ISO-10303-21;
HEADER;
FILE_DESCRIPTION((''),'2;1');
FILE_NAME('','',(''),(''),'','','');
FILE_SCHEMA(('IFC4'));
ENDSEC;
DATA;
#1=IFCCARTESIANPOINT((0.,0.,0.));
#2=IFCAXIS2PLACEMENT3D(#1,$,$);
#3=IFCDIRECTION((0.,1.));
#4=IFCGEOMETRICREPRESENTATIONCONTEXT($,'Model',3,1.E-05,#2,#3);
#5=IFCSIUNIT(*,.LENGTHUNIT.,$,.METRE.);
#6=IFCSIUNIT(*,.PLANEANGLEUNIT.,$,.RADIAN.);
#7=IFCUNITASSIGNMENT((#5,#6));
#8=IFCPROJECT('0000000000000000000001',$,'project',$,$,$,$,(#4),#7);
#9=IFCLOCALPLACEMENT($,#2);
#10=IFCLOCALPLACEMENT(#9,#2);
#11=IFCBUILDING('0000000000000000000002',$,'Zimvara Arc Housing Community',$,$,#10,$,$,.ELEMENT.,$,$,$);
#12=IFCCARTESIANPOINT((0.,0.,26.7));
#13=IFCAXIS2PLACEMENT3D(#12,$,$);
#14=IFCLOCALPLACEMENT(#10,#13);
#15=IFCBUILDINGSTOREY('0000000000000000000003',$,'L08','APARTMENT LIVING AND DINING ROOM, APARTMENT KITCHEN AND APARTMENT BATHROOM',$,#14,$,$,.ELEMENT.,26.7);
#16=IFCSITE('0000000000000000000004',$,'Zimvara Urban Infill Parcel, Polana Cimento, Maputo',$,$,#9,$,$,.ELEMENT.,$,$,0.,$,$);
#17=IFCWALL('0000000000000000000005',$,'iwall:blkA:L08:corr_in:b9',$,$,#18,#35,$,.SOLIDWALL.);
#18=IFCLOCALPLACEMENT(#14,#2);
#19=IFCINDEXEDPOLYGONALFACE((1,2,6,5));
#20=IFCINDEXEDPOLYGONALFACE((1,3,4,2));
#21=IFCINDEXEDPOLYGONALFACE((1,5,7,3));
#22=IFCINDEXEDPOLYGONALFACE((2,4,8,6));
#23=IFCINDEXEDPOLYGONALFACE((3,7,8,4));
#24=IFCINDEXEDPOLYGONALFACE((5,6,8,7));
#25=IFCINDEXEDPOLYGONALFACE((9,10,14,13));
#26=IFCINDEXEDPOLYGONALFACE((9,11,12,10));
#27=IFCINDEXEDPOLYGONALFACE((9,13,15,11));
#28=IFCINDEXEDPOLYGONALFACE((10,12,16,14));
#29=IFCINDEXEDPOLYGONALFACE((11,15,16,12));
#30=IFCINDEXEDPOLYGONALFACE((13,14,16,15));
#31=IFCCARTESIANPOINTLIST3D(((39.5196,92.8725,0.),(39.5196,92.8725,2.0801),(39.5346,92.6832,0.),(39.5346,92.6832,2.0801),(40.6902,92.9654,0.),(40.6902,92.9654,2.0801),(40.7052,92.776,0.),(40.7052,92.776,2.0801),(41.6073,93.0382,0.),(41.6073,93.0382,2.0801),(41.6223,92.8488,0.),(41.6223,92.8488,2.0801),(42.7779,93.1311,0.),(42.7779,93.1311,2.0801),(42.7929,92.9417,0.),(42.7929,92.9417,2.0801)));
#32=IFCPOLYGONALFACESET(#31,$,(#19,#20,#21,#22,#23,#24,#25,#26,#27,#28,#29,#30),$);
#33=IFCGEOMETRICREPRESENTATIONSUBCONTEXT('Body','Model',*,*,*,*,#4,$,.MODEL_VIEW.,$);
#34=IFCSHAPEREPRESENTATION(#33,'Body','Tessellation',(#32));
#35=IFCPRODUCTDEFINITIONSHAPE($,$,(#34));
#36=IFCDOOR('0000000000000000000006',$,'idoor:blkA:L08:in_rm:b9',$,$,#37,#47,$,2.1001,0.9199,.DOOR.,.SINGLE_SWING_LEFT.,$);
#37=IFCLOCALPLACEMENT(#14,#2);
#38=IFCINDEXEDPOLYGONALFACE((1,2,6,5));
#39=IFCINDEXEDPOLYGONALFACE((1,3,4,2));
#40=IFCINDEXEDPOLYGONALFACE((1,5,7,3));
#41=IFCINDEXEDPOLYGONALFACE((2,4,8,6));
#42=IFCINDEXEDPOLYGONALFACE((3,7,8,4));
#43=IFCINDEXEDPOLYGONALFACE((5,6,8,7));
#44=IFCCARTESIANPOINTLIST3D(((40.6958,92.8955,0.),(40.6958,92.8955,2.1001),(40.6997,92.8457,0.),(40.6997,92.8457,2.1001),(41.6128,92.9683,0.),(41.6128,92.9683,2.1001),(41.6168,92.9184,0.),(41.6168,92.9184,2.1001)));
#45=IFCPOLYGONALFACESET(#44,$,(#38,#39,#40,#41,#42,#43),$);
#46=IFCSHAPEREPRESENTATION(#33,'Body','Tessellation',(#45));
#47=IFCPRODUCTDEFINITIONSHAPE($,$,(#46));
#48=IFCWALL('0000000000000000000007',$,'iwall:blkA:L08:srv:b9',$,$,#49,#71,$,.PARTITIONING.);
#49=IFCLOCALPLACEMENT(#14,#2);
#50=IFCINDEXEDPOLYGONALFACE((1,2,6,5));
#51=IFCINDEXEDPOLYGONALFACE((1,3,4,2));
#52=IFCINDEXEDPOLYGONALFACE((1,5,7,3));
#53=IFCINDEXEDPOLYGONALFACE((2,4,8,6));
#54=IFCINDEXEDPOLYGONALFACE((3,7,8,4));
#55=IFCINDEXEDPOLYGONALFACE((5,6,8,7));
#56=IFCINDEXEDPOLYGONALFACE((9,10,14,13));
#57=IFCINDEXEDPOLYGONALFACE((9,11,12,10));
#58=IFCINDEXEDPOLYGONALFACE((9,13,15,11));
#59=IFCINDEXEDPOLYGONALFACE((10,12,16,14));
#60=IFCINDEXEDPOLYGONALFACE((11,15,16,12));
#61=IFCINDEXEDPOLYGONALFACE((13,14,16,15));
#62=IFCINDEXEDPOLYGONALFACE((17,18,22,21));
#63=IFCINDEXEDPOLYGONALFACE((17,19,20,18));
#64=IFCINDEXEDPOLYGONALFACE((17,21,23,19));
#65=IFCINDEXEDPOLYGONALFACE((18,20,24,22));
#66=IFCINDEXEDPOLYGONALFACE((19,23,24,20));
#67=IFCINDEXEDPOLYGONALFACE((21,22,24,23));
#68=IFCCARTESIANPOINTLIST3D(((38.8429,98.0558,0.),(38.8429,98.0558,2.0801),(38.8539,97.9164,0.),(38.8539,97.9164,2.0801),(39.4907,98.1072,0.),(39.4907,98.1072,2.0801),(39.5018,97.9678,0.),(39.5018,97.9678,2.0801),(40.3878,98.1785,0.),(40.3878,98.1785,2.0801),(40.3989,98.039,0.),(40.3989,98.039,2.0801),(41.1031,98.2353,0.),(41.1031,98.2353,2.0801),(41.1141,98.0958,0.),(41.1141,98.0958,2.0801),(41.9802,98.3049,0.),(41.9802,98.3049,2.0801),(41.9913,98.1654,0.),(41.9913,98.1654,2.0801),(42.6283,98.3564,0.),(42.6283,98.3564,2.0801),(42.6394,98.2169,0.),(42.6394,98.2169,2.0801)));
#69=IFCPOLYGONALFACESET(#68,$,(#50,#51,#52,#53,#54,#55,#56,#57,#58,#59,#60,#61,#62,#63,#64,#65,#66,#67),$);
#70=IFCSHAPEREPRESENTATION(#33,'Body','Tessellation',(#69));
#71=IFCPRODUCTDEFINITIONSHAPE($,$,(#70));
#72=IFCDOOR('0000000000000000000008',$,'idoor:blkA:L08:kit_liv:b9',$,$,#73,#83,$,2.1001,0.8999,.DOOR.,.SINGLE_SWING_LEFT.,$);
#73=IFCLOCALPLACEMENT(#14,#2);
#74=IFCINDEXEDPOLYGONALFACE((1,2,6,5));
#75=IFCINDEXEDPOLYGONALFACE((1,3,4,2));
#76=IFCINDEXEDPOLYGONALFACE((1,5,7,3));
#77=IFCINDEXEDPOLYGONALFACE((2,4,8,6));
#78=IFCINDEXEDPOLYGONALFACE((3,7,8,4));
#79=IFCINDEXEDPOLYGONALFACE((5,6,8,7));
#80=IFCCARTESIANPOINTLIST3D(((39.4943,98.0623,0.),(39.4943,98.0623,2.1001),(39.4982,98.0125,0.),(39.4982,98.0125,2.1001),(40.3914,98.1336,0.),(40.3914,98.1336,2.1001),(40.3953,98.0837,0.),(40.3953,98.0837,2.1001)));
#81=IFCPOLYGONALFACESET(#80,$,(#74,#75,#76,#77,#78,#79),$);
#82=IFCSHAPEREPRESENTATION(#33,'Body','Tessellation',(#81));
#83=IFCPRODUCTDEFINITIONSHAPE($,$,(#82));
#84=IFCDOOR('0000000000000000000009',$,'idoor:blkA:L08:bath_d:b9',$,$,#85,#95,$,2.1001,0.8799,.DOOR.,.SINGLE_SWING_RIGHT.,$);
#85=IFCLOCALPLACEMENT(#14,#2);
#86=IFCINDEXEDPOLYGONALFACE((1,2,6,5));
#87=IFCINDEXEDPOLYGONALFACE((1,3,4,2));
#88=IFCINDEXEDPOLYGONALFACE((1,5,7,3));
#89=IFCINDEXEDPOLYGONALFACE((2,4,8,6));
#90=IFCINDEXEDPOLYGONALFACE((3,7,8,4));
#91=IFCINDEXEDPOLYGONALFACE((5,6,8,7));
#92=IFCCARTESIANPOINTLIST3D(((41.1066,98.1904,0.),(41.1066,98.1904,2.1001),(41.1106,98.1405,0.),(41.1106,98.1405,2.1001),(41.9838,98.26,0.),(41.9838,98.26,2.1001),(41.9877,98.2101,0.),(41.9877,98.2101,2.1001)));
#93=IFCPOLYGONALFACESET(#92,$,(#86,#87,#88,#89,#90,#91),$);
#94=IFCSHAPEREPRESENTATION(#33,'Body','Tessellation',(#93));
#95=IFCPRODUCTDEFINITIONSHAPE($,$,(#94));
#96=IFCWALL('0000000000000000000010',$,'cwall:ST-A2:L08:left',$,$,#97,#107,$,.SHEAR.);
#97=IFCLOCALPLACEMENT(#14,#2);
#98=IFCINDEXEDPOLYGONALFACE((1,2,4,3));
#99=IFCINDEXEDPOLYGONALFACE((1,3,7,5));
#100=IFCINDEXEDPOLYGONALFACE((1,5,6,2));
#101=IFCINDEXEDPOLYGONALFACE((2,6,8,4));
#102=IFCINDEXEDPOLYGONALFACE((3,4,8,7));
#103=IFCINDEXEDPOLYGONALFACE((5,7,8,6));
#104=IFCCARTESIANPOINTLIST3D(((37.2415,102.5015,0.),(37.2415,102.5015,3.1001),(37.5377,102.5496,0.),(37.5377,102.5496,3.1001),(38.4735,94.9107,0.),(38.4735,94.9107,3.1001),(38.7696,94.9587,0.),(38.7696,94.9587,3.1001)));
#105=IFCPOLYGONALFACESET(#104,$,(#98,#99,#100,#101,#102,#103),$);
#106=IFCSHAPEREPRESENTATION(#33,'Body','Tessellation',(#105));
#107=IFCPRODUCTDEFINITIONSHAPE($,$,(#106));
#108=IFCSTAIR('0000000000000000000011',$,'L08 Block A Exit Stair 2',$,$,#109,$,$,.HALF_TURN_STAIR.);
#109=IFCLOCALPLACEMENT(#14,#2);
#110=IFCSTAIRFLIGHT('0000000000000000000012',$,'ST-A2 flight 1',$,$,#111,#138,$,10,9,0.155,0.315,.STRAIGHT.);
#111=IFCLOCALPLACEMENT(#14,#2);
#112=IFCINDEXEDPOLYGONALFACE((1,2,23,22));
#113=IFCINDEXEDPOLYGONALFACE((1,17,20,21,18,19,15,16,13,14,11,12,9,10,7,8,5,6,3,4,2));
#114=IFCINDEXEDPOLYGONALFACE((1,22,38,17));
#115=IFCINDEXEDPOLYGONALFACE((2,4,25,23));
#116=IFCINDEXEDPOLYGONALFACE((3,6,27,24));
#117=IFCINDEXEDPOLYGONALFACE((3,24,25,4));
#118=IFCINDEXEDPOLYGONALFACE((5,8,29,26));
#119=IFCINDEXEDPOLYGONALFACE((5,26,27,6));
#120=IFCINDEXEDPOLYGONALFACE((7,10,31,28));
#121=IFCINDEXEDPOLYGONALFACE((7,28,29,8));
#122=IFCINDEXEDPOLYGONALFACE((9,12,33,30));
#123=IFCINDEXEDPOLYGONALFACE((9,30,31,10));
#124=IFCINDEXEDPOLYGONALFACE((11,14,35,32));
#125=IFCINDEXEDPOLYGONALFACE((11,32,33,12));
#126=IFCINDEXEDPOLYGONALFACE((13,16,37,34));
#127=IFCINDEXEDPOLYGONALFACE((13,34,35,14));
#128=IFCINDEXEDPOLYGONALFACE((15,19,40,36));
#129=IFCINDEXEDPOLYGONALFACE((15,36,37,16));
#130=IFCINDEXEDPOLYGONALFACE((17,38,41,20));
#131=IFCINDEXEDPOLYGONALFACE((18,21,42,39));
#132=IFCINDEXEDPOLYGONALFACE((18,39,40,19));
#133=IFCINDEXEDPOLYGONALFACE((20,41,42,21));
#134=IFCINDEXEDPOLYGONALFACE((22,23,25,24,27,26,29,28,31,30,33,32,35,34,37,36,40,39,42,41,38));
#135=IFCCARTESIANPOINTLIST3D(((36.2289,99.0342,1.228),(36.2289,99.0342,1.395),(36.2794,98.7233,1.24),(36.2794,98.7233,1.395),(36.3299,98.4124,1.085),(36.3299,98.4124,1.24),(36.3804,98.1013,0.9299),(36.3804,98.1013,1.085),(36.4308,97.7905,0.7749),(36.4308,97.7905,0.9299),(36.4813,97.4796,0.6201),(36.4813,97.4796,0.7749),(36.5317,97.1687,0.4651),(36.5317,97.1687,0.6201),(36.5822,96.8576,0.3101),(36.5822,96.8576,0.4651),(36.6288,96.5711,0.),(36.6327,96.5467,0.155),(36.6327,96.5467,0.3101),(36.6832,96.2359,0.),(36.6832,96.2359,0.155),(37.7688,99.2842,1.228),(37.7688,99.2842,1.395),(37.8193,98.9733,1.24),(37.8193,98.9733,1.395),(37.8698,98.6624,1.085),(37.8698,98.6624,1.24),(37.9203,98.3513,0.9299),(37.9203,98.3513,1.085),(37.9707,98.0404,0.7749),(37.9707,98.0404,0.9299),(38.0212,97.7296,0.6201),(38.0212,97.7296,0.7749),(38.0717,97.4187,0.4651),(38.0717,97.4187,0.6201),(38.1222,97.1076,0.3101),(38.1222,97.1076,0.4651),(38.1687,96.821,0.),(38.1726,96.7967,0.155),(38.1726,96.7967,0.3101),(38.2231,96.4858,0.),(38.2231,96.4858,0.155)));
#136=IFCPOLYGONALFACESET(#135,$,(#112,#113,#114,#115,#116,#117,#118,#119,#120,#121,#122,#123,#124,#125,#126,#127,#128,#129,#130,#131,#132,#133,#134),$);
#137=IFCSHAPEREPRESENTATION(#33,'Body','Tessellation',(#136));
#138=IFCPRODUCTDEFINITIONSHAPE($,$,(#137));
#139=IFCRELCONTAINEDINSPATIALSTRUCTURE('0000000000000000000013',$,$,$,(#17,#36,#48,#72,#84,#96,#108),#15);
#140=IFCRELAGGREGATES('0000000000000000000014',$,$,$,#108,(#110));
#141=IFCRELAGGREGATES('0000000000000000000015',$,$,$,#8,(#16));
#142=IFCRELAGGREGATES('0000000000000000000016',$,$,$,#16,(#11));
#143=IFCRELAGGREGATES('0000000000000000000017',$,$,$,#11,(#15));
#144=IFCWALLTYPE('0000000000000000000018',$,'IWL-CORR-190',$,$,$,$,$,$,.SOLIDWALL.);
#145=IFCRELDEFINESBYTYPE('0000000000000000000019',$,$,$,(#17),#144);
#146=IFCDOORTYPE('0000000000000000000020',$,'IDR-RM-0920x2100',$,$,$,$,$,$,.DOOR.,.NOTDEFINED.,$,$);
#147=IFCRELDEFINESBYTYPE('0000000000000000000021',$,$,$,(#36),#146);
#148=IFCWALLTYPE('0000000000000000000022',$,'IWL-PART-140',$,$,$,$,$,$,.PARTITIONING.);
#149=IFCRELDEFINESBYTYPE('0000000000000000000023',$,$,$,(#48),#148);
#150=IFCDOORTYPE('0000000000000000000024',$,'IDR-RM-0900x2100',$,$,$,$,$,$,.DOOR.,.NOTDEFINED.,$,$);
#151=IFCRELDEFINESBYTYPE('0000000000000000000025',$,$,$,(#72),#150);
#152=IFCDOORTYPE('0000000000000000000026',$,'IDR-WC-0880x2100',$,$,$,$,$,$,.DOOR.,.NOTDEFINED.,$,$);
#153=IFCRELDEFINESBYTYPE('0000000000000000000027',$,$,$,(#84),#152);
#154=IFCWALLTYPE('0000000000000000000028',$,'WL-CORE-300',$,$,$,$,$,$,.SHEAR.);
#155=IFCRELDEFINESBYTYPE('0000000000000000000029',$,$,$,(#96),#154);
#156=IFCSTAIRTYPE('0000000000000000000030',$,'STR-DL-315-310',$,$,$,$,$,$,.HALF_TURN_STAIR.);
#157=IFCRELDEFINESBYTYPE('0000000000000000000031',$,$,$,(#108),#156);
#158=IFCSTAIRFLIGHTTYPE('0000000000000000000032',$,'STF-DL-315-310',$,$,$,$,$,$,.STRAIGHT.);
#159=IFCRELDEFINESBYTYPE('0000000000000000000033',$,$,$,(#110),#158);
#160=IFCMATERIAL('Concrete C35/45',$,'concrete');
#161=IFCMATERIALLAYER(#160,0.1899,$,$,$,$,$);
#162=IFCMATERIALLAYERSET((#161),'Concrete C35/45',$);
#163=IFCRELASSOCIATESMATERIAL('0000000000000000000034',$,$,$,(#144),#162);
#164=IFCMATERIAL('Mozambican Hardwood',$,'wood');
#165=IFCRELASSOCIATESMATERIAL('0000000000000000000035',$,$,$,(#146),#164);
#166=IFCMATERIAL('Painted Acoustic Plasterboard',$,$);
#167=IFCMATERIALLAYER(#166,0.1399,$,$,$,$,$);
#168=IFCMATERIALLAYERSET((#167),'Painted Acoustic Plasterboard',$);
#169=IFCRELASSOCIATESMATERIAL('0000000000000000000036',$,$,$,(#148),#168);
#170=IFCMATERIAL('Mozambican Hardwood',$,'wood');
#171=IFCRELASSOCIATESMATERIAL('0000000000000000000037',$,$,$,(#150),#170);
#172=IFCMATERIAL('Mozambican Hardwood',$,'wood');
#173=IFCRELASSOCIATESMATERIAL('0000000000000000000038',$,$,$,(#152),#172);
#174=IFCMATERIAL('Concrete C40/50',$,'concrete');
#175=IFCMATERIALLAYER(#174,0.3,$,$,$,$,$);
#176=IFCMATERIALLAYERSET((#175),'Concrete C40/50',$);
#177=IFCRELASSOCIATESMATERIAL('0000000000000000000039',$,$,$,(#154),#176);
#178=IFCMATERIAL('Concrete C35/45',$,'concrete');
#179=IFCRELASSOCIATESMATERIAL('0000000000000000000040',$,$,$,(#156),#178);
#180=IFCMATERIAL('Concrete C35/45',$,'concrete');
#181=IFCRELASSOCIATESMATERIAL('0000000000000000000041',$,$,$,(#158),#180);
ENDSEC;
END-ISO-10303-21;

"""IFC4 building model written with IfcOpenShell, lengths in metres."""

from ifc_helpers import new_model, si_unit, direction, frame, frame_2d, origin, place, context, subcontext, project, spatial, polyline, rectangle, outline, extrude, material, layer, layer_set, type_object, element, fill, aggregate, save


model = new_model("IFC4")

# Units and contexts
model_context = context("Model", 3, precision=1e-05, world=origin(), true_north=direction((0.0, 1.0)))
body_context = subcontext(model_context, "Body", "Model", "MODEL_VIEW")
ifc_project = project(units=[si_unit("LENGTHUNIT", "METRE"), si_unit("PLANEANGLEUNIT", "RADIAN")], contexts=[model_context])

# Site, building, storey
site_placement = place(None, origin())
site = spatial("IfcSite", under=ifc_project, at=site_placement, Name="Zimvara Urban Infill Parcel, Polana Cimento, Maputo", CompositionType="ELEMENT", RefElevation=0.0)
building_placement = place(site_placement, origin())
building = spatial("IfcBuilding", under=site, at=building_placement, Name="Zimvara Arc Housing Community", CompositionType="ELEMENT")
storey_placement = place(building_placement, frame((0.0, 0.0, 26.7)))
storey = spatial("IfcBuildingStorey", under=building, at=storey_placement, Name="L08", Description="APARTMENT LIVING AND DINING ROOM, APARTMENT KITCHEN AND APARTMENT BATHROOM", CompositionType="ELEMENT", Elevation=26.7)

# Wall, opening, door
ifc_material_1 = material(Name="Concrete C35/45", Category="concrete")
ifc_layer_1 = layer(ifc_material_1, 0.1899)
ifc_layer_set_1 = layer_set([ifc_layer_1], Name="Concrete C35/45")
wall_type_1 = type_object("IfcWallType", Name="IWL-CORR-190", PredefinedType="SOLIDWALL", material=ifc_layer_set_1)
wall_1_placement = place(storey_placement, frame((39.5271, 92.7778, 0.0), z_axis=(0.0, 0.0, 1.0), x_axis=(0.996867, 0.079101, 0.0)))
wall_1 = element("IfcWall", 1, at=wall_1_placement, inside=storey, type_object=wall_type_1, Name="iwall:blkA:L08:corr_in:b9", PredefinedType="SOLIDWALL", context=body_context, shape_type="SweptSolid", body=[
    extrude(rectangle(XDim=3.2686, YDim=0.1899, at=frame_2d((1.6343, 0.0))), origin(), (0.0, 0.0, 1.0), 2.0801),
])
opening_1_placement = place(wall_1_placement, frame((1.1743, 0.0, 0.0)))
opening_1 = element("IfcOpeningElement", 2, at=opening_1_placement, cuts=wall_1, PredefinedType="OPENING", context=body_context, shape_type="SweptSolid", body=[
    extrude(rectangle(XDim=0.9199, YDim=2.1001, at=frame_2d((0.46, 1.05))), frame((0.0, 0.105, 0.0), z_axis=(0.0, -1.0, 0.0), x_axis=(1.0, 0.0, 0.0)), (0.0, 0.0, 1.0), 0.21),
])
ifc_material_2 = material(Name="Mozambican Hardwood", Category="wood")
door_type_1 = type_object("IfcDoorType", Name="IDR-RM-0920x2100", OperationType="NOTDEFINED", PredefinedType="DOOR", material=ifc_material_2)
door_1_placement = place(opening_1_placement, origin())
door_1 = element("IfcDoor", 3, at=door_1_placement, inside=storey, type_object=door_type_1, Name="idoor:blkA:L08:in_rm:b9", OperationType="SINGLE_SWING_LEFT", OverallHeight=2.1001, OverallWidth=0.9199, PredefinedType="DOOR", context=body_context, shape_type="SweptSolid", body=[
    extrude(rectangle(XDim=0.9199, YDim=2.1001, at=frame_2d((0.46, 1.05))), frame((0.0, 0.0249, 0.0), z_axis=(0.0, -1.0, 0.0), x_axis=(1.0, 0.0, 0.0)), (0.0, 0.0, 1.0), 0.05),
])
fill(opening_1, door_1)

# Wall, openings, doors
ifc_material_3 = material(Name="Painted Acoustic Plasterboard")
ifc_layer_2 = layer(ifc_material_3, 0.1399)
ifc_layer_set_2 = layer_set([ifc_layer_2], Name="Painted Acoustic Plasterboard")
wall_type_2 = type_object("IfcWallType", Name="IWL-PART-140", PredefinedType="PARTITIONING", material=ifc_layer_set_2)
wall_2_placement = place(storey_placement, frame((38.8484, 97.9861, 0.0), z_axis=(0.0, 0.0, 1.0), x_axis=(0.996863, 0.079145, 0.0)))
wall_2 = element("IfcWall", 4, at=wall_2_placement, inside=storey, type_object=wall_type_2, Name="iwall:blkA:L08:srv:b9", PredefinedType="PARTITIONING", context=body_context, shape_type="SweptSolid", body=[
    extrude(rectangle(XDim=3.7974, YDim=0.1399, at=frame_2d((1.8987, 0.0))), origin(), (0.0, 0.0, 1.0), 2.0801),
])
opening_2_placement = place(wall_2_placement, frame((0.6499, 0.0, 0.0)))
opening_2 = element("IfcOpeningElement", 5, at=opening_2_placement, cuts=wall_2, PredefinedType="OPENING", context=body_context, shape_type="SweptSolid", body=[
    extrude(rectangle(XDim=0.8999, YDim=2.1001, at=frame_2d((0.45, 1.05))), frame((0.0, 0.0798, 0.0), z_axis=(0.0, -1.0, 0.0), x_axis=(1.0, 0.0, 0.0)), (0.0, 0.0, 1.0), 0.1599),
])
opening_3_placement = place(wall_2_placement, frame((2.2673, 0.0, 0.0)))
opening_3 = element("IfcOpeningElement", 6, at=opening_3_placement, cuts=wall_2, PredefinedType="OPENING", context=body_context, shape_type="SweptSolid", body=[
    extrude(rectangle(XDim=0.8799, YDim=2.1001, at=frame_2d((0.4399, 1.05))), frame((0.0, 0.0798, 0.0), z_axis=(0.0, -1.0, 0.0), x_axis=(1.0, 0.0, 0.0)), (0.0, 0.0, 1.0), 0.1599),
])
ifc_material_4 = material(Name="Mozambican Hardwood", Category="wood")
door_type_2 = type_object("IfcDoorType", Name="IDR-RM-0900x2100", OperationType="NOTDEFINED", PredefinedType="DOOR", material=ifc_material_4)
door_2_placement = place(opening_2_placement, origin())
door_2 = element("IfcDoor", 7, at=door_2_placement, inside=storey, type_object=door_type_2, Name="idoor:blkA:L08:kit_liv:b9", OperationType="SINGLE_SWING_LEFT", OverallHeight=2.1001, OverallWidth=0.8999, PredefinedType="DOOR", context=body_context, shape_type="SweptSolid", body=[
    extrude(rectangle(XDim=0.8999, YDim=2.1001, at=frame_2d((0.45, 1.05))), frame((0.0, 0.0249, 0.0), z_axis=(0.0, -1.0, 0.0), x_axis=(1.0, 0.0, 0.0)), (0.0, 0.0, 1.0), 0.05),
])
fill(opening_2, door_2)
ifc_material_5 = material(Name="Mozambican Hardwood", Category="wood")
door_type_3 = type_object("IfcDoorType", Name="IDR-WC-0880x2100", OperationType="NOTDEFINED", PredefinedType="DOOR", material=ifc_material_5)
door_3_placement = place(opening_3_placement, origin())
door_3 = element("IfcDoor", 8, at=door_3_placement, inside=storey, type_object=door_type_3, Name="idoor:blkA:L08:bath_d:b9", OperationType="SINGLE_SWING_RIGHT", OverallHeight=2.1001, OverallWidth=0.8799, PredefinedType="DOOR", context=body_context, shape_type="SweptSolid", body=[
    extrude(rectangle(XDim=0.8799, YDim=2.1001, at=frame_2d((0.4399, 1.05))), frame((0.0, 0.0249, 0.0), z_axis=(0.0, -1.0, 0.0), x_axis=(1.0, 0.0, 0.0)), (0.0, 0.0, 1.0), 0.05),
])
fill(opening_3, door_3)

# Shared definitions
ifc_material_6 = material(Name="Concrete C40/50", Category="concrete")
ifc_layer_3 = layer(ifc_material_6, 0.3)
ifc_layer_set_3 = layer_set([ifc_layer_3], Name="Concrete C40/50")
wall_type_3 = type_object("IfcWallType", Name="WL-CORE-300", PredefinedType="SHEAR", material=ifc_layer_set_3)

# Wall
wall_3_placement = place(storey_placement, frame((38.6216, 94.9346, 0.0), z_axis=(0.0, 0.0, 1.0), x_axis=(-0.160197, 0.987085, 0.0)))
element("IfcWall", 9, at=wall_3_placement, inside=storey, type_object=wall_type_3, Name="cwall:ST-A2:L08:left", PredefinedType="SHEAR", context=body_context, shape_type="SweptSolid", body=[
    extrude(rectangle(XDim=7.6902, YDim=0.3, at=frame_2d((3.8452, 0.0))), origin(), (0.0, 0.0, 1.0), 3.1001),
])

# Stair, stair flight
ifc_material_7 = material(Name="Concrete C35/45", Category="concrete")
stair_type = type_object("IfcStairType", Name="STR-DL-315-310", PredefinedType="HALF_TURN_STAIR", material=ifc_material_7)
stair_placement = place(storey_placement, origin())
stair = element("IfcStair", 10, at=stair_placement, inside=storey, type_object=stair_type, Name="L08 Block A Exit Stair 2", PredefinedType="HALF_TURN_STAIR")
ifc_material_8 = material(Name="Concrete C35/45", Category="concrete")
stair_flight_type = type_object("IfcStairFlightType", Name="STF-DL-315-310", PredefinedType="STRAIGHT", material=ifc_material_8)
stair_flight_placement = place(storey_placement, frame((37.4531, 96.3608, 0.0), z_axis=(0.0, 0.0, 1.0), x_axis=(-0.160226, 0.98708, 0.0)))
stair_flight = element("IfcStairFlight", 11, at=stair_flight_placement, type_object=stair_flight_type, Name="ST-A2 flight 1", NumberOfRisers=10, NumberOfTreads=9, PredefinedType="STRAIGHT", RiserHeight=0.155, TreadLength=0.315, context=body_context, shape_type="SweptSolid", body=[
    extrude(outline(polyline([(0.0, 0.0), (0.0, 0.155), (0.3149, 0.155), (0.3149, 0.3101), (0.6299, 0.3101), (0.6299, 0.4651), (0.9451, 0.4651), (0.9451, 0.6201), (1.26, 0.6201), (1.26, 0.7749), (1.575, 0.7749), (1.575, 0.9299), (1.8899, 0.9299), (1.8899, 1.085), (2.2051, 1.085), (2.2051, 1.24), (2.52, 1.24), (2.52, 1.395), (2.835, 1.395), (2.835, 1.55), (2.835, 1.228), (0.3396, 0.0), (0.0, 0.0)])), frame((0.0, 0.78, 0.0), z_axis=(0.0, -1.0, 0.0), x_axis=(1.0, 0.0, 0.0)), (0.0, 0.0, 1.0), 1.5601),
])
aggregate(stair, [stair_flight])

save(model, "model.ifc")
